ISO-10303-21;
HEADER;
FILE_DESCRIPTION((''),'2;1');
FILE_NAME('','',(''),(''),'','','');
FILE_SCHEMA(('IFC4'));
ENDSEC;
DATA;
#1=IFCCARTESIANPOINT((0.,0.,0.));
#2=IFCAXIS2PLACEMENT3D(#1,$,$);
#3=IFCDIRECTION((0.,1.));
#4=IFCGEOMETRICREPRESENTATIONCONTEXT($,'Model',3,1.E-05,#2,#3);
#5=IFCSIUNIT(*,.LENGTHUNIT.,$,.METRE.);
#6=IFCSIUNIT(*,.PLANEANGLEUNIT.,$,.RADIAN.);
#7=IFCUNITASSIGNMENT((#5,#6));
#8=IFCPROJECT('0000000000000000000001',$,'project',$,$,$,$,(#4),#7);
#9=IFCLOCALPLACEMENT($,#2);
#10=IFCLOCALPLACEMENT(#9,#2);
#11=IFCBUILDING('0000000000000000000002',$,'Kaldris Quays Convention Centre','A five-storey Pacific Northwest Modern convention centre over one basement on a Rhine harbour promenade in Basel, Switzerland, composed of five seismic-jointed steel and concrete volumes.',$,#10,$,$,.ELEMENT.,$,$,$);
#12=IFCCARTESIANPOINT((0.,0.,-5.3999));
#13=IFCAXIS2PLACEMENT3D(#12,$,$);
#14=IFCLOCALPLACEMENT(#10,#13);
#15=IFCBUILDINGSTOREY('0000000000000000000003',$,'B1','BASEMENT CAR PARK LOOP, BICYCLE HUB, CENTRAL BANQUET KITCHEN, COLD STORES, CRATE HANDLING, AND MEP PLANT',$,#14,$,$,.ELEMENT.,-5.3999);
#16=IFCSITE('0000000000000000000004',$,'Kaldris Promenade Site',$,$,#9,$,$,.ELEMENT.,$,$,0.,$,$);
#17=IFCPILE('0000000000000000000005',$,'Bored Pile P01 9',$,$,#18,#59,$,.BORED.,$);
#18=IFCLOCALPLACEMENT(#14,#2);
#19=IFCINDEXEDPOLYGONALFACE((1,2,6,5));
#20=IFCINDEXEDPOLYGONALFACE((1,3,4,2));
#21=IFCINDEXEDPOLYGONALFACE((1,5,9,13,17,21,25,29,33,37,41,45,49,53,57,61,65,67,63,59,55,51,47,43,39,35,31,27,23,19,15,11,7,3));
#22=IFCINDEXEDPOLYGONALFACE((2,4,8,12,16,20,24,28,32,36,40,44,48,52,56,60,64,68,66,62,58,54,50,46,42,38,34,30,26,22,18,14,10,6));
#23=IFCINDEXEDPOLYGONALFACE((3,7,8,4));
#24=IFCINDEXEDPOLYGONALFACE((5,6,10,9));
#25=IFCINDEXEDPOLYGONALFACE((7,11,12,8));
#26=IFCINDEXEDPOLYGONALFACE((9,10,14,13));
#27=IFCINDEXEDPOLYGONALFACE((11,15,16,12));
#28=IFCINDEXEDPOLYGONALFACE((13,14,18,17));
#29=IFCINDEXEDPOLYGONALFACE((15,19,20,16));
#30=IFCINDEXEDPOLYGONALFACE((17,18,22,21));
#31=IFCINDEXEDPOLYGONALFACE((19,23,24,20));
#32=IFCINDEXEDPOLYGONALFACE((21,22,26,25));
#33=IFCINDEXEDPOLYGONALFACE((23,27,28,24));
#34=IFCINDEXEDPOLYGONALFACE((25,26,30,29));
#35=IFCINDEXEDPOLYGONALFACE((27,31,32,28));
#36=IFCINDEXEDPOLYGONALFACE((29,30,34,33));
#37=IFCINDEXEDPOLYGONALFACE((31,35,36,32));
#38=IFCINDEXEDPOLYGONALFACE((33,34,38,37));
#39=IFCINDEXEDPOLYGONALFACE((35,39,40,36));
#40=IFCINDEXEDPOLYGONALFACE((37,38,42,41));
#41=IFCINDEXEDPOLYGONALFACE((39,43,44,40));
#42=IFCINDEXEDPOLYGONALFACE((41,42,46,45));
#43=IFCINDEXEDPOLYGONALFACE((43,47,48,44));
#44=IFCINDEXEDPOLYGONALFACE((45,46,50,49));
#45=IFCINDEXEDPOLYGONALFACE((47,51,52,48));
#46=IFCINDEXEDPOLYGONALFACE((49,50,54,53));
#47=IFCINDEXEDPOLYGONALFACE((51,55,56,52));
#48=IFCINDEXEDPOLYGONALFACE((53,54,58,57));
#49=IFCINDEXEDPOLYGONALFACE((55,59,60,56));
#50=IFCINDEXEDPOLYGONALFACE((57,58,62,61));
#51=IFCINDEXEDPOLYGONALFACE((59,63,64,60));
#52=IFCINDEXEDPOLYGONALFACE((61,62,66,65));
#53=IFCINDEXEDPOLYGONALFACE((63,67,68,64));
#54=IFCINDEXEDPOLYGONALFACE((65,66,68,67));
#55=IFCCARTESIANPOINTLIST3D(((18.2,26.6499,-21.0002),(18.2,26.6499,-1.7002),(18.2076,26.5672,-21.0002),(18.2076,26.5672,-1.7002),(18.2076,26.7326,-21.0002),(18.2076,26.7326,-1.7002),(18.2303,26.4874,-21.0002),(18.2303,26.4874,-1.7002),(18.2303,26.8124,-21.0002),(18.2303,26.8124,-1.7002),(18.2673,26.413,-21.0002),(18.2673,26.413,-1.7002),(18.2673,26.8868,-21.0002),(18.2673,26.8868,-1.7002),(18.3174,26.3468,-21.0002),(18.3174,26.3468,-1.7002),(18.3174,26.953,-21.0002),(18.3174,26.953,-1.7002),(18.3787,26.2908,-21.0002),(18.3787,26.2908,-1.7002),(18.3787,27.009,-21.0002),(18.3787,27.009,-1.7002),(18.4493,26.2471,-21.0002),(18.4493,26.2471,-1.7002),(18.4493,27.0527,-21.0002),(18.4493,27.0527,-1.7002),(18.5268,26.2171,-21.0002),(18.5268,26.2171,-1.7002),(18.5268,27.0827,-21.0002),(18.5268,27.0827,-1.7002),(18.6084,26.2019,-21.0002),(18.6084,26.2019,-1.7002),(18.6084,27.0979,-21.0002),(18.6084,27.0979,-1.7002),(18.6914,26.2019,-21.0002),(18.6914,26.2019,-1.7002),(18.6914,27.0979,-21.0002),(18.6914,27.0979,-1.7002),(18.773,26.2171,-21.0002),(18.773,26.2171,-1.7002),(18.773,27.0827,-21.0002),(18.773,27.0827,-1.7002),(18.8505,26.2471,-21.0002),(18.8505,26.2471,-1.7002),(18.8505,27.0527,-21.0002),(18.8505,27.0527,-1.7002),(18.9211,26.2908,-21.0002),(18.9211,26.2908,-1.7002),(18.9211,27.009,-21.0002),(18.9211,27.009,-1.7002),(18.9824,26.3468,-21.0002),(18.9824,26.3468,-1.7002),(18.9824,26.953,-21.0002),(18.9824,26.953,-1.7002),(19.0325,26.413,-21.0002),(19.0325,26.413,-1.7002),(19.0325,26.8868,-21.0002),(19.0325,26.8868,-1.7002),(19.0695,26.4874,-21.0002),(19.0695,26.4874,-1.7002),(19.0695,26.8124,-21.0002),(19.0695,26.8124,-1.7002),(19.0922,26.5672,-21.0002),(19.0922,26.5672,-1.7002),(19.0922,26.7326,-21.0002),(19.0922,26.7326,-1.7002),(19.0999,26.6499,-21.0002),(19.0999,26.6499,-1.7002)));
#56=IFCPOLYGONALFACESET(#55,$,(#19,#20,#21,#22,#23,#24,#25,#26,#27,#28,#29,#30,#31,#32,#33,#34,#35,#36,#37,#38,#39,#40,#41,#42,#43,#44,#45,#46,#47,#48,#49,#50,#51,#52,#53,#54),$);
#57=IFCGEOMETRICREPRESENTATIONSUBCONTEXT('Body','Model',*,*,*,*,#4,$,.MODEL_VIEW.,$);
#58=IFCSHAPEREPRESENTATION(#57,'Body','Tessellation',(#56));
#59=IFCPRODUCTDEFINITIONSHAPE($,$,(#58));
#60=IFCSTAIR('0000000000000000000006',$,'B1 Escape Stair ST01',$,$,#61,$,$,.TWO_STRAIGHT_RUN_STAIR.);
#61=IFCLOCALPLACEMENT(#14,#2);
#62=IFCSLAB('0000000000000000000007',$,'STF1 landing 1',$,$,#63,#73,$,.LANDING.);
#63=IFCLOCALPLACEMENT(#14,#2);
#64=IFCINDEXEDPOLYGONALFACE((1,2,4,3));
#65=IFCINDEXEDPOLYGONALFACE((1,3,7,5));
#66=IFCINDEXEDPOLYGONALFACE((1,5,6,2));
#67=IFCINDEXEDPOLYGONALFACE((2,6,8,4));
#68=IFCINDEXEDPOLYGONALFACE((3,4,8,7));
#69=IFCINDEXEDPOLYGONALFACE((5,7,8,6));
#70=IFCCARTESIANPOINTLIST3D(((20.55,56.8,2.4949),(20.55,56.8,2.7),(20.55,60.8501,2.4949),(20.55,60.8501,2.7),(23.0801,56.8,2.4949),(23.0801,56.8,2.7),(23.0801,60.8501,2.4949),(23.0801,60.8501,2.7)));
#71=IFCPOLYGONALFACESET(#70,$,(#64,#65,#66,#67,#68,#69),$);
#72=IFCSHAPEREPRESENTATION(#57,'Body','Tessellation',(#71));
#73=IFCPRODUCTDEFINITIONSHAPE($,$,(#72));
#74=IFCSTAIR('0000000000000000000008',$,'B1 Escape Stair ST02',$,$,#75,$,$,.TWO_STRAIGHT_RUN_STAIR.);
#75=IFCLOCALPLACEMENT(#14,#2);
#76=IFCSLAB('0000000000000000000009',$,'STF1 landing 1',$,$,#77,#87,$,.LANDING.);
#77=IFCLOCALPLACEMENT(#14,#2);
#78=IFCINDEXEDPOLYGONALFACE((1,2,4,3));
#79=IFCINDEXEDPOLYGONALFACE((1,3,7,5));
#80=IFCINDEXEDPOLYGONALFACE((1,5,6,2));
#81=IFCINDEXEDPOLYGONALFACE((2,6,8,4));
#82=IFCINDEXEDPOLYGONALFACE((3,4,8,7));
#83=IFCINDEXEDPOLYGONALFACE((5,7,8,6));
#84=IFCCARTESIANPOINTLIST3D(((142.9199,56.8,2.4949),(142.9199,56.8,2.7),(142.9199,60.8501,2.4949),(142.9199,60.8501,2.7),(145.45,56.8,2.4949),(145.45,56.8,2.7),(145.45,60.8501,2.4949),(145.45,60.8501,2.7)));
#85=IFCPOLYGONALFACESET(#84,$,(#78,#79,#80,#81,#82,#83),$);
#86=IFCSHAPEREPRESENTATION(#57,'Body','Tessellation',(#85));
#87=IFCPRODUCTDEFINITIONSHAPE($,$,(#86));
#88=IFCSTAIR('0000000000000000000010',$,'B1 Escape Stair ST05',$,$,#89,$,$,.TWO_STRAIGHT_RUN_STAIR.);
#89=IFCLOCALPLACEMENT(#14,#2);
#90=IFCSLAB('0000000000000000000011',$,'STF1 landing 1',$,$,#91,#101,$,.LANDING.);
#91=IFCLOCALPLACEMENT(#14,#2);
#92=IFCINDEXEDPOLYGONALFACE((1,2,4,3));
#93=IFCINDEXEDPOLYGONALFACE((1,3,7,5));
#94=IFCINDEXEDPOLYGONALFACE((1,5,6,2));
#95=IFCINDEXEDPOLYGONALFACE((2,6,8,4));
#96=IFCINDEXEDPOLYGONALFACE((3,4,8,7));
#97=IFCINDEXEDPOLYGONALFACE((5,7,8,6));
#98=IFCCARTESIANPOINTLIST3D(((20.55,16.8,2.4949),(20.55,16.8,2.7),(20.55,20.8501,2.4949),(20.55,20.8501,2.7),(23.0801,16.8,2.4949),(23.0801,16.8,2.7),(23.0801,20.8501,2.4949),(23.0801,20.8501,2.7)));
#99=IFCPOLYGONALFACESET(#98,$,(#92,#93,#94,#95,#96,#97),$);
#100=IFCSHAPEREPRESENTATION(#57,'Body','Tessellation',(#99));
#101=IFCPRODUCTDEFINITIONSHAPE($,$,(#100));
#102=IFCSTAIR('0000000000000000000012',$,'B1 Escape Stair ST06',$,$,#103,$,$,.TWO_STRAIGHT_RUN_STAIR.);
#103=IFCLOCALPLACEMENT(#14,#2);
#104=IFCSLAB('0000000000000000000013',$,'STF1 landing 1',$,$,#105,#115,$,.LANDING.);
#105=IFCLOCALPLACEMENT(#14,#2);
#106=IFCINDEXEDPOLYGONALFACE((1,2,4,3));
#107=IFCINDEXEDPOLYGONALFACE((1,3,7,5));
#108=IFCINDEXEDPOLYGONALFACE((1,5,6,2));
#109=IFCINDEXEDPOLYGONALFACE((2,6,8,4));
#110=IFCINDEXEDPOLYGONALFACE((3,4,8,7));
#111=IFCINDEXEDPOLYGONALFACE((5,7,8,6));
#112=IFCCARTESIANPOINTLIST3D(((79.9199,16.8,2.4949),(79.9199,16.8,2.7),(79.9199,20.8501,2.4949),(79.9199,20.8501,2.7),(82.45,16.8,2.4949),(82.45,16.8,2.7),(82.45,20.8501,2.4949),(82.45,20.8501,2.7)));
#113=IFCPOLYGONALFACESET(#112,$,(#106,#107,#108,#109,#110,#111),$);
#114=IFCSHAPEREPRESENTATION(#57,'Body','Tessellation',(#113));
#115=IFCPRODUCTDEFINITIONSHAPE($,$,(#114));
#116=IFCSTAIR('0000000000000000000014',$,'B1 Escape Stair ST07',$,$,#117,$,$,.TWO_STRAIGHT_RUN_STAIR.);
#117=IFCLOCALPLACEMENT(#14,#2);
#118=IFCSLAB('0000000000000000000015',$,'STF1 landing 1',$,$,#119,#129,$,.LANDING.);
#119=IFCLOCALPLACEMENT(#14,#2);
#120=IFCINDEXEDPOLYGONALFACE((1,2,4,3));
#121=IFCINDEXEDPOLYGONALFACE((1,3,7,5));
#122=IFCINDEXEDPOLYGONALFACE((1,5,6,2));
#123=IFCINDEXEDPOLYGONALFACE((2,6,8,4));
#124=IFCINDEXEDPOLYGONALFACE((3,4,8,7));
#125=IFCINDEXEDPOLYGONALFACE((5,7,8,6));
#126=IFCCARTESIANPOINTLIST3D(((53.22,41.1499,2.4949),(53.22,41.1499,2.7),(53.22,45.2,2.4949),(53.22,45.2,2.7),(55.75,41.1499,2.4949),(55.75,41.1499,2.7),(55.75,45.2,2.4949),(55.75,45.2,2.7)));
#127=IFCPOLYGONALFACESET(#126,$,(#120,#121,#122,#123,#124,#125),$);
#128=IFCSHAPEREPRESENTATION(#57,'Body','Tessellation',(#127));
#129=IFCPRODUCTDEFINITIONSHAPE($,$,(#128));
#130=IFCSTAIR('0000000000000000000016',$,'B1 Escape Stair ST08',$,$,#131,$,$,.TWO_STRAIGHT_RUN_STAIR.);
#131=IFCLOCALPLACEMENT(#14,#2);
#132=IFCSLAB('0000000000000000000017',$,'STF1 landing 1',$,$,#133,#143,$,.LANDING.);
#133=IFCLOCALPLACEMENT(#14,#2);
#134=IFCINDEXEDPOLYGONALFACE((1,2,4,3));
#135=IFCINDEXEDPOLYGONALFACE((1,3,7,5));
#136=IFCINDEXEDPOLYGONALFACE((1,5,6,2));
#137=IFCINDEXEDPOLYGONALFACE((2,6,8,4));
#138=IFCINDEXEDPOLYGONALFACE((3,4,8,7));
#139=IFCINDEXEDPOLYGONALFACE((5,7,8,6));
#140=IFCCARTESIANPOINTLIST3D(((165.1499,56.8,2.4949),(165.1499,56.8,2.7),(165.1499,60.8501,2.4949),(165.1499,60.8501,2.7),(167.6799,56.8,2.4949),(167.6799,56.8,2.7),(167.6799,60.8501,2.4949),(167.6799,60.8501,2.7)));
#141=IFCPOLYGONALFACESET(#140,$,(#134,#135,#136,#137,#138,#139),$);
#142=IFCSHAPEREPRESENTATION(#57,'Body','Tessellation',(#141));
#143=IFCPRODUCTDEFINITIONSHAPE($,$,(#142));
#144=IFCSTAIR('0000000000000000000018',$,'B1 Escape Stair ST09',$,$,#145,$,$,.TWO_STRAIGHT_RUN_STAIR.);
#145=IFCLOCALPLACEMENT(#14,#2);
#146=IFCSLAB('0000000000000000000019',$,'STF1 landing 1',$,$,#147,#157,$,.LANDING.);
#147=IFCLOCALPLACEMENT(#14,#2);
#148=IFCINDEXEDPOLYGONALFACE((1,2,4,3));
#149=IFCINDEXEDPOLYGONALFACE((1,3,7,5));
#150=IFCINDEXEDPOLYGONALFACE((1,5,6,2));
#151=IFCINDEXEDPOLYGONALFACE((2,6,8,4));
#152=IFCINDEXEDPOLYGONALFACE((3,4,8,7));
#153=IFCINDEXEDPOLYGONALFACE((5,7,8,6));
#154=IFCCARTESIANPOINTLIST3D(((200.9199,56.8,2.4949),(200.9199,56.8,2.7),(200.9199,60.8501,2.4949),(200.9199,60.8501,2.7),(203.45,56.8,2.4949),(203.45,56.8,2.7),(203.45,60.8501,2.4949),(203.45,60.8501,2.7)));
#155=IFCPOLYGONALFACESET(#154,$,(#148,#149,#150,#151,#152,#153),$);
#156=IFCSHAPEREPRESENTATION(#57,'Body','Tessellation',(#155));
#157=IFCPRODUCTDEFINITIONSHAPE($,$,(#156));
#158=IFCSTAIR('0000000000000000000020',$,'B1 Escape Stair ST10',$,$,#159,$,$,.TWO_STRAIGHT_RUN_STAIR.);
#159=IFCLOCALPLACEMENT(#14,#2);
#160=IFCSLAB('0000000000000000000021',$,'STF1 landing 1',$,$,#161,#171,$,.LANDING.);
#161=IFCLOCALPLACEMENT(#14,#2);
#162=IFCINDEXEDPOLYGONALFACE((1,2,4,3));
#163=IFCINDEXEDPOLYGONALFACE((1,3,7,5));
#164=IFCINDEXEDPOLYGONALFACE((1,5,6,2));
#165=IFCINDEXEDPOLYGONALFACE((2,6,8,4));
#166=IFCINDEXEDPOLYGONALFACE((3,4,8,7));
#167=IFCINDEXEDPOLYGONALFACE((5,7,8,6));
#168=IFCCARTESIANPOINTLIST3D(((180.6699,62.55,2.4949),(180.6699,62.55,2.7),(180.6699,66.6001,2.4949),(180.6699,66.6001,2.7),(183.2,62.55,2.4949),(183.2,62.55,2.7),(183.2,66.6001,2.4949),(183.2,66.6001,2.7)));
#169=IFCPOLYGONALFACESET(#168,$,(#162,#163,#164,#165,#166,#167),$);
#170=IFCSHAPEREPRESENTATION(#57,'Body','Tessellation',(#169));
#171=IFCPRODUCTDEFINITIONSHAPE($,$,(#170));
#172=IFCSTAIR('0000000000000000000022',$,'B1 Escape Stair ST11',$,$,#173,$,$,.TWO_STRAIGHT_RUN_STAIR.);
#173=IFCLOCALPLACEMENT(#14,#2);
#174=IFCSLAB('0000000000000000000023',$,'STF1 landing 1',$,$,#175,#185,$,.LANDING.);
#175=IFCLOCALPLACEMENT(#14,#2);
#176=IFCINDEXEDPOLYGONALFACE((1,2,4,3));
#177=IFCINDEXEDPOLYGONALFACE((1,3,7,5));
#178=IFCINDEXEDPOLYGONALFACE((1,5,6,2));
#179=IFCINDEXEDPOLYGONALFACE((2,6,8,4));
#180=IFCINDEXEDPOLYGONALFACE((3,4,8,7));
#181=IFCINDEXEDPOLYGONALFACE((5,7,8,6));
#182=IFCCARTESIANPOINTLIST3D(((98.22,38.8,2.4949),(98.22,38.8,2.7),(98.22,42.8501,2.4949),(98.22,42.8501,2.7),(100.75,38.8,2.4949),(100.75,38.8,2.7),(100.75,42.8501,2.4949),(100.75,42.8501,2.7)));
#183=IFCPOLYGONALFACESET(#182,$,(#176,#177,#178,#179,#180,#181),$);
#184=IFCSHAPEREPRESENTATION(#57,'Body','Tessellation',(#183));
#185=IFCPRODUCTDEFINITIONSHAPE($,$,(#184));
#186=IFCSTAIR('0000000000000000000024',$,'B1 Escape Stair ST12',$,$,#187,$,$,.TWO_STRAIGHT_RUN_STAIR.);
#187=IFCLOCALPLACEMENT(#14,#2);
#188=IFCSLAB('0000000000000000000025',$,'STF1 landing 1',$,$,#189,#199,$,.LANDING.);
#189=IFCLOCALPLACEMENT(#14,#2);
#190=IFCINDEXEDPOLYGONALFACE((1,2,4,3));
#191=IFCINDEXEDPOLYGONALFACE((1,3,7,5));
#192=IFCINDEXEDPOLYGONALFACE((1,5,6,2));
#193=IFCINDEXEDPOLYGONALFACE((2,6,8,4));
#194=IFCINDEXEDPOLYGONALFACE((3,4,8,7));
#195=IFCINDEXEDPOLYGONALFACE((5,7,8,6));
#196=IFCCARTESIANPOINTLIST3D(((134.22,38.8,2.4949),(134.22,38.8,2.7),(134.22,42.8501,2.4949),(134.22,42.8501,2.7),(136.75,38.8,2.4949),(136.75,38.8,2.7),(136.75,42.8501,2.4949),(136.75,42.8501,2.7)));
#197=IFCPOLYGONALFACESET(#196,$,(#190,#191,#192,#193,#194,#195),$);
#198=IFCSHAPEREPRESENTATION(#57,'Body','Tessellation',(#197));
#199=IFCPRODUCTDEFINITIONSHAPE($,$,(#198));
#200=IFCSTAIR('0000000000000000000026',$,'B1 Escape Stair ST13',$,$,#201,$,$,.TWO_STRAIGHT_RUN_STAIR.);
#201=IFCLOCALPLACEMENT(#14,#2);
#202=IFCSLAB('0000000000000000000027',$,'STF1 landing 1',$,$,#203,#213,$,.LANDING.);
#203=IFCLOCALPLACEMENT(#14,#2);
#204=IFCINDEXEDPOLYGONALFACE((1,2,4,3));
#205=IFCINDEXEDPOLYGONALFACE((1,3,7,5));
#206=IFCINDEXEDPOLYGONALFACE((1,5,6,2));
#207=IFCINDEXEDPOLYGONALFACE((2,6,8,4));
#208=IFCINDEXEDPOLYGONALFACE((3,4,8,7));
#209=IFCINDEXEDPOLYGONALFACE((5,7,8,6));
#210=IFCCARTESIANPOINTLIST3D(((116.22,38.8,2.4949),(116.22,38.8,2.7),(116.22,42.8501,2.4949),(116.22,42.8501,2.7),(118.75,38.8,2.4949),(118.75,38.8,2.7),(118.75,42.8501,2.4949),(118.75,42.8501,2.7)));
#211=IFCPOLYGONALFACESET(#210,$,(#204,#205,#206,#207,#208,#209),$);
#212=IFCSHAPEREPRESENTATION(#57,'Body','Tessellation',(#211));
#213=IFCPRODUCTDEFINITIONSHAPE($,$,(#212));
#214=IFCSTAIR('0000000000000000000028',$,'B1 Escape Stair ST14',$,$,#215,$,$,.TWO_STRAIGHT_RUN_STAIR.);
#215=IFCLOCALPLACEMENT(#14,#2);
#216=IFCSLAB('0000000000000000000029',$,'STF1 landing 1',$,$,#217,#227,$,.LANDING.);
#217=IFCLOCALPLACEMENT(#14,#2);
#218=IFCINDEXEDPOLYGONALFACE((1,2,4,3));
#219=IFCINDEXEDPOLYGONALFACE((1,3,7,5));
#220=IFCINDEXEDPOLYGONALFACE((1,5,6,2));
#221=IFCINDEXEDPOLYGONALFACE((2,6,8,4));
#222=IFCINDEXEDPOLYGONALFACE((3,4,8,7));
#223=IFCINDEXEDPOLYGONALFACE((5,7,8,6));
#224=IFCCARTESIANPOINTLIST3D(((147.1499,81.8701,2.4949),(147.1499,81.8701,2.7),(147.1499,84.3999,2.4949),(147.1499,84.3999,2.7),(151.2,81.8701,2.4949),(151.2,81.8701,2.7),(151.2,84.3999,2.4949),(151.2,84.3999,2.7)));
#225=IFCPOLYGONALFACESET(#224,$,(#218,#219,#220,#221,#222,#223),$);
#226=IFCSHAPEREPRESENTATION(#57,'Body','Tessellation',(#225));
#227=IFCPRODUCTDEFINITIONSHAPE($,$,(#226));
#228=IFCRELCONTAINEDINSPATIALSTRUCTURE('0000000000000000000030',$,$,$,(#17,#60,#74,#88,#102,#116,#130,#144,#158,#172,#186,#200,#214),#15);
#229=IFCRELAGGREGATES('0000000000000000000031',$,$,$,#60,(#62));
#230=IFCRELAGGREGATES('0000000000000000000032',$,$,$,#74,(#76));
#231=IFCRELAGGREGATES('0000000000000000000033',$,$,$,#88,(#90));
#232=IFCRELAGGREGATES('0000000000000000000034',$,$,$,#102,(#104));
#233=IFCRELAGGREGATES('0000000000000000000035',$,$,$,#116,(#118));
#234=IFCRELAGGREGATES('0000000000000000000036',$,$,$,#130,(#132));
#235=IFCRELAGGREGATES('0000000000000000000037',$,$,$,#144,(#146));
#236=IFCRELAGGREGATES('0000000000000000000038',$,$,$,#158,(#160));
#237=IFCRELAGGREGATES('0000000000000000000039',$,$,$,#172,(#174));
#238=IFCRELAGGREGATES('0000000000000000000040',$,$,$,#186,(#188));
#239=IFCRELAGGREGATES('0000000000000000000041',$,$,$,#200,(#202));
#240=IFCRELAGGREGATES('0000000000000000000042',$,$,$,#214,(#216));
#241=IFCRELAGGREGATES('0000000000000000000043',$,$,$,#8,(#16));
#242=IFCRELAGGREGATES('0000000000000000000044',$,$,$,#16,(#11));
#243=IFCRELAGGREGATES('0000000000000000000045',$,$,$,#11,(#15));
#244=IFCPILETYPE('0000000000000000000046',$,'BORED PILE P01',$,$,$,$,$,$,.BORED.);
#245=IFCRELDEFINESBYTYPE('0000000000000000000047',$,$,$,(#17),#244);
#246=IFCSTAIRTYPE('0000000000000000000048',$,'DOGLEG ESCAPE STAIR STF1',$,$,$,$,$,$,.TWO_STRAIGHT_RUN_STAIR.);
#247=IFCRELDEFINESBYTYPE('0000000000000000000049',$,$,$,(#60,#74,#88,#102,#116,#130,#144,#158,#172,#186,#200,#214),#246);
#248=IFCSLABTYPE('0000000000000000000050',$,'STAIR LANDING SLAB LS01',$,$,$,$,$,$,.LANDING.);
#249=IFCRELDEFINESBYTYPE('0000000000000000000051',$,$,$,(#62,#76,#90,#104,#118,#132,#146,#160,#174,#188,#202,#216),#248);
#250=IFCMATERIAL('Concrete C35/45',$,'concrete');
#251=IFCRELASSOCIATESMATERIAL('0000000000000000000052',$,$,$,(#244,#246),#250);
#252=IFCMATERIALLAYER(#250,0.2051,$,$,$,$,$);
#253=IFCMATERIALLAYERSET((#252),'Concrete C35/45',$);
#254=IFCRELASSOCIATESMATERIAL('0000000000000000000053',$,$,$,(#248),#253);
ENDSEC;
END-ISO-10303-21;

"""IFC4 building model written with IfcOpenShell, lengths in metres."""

from ifc_helpers import new_model, si_unit, direction, frame, origin, origin_2d, place, context, subcontext, project, spatial, polyline, circle, outline, extrude, material, layer, layer_set, material_profile, profile_set, type_object, element, aggregate, save


model = new_model("IFC4")

# Units and contexts
model_context = context("Model", 3, precision=1e-05, world=origin(), true_north=direction((0.0, 1.0)))
body_context = subcontext(model_context, "Body", "Model", "MODEL_VIEW")
ifc_project = project(units=[si_unit("LENGTHUNIT", "METRE"), si_unit("PLANEANGLEUNIT", "RADIAN")], contexts=[model_context])

# Site, building, storey
site_placement = place(None, origin())
site = spatial("IfcSite", under=ifc_project, at=site_placement, Name="Kaldris Promenade Site", CompositionType="ELEMENT", RefElevation=0.0)
building_placement = place(site_placement, origin())
building = spatial("IfcBuilding", under=site, at=building_placement, Name="Kaldris Quays Convention Centre", Description="A five-storey Pacific Northwest Modern convention centre over one basement on a Rhine harbour promenade in Basel, Switzerland, composed of five seismic-jointed steel and concrete volumes.", CompositionType="ELEMENT")
storey_placement = place(building_placement, frame((0.0, 0.0, -5.3999)))
storey = spatial("IfcBuildingStorey", under=building, at=storey_placement, Name="B1", Description="BASEMENT CAR PARK LOOP, BICYCLE HUB, CENTRAL BANQUET KITCHEN, COLD STORES, CRATE HANDLING, AND MEP PLANT", CompositionType="ELEMENT", Elevation=-5.3999)

# Pile
ifc_material = material(Name="Concrete C35/45", Category="concrete")
ifc_material_profile = material_profile(ifc_material, circle(Radius=0.45, at=origin_2d()), Name="BORED PILE D900")
ifc_profile_set = profile_set([ifc_material_profile], Name="Concrete C35/45")
pile_type = type_object("IfcPileType", Name="BORED PILE P01", PredefinedType="BORED", material=ifc_profile_set)
for number, where, z_axis, x_axis, name in (
    (1, (18.6499, 26.6499, -1.7002), (0.0, 0.0, -1.0), (1.0, 0.0, 0.0), "Bored Pile P01 9"),
):
    element("IfcPile", number, at=place(storey_placement, frame(where, z_axis=z_axis, x_axis=x_axis)), inside=storey, type_object=pile_type, Name=name, PredefinedType="BORED", context=body_context, shape_type="SweptSolid", body=[
        extrude(circle(Radius=0.45, at=origin_2d()), origin(), (0.0, 0.0, 1.0), 19.3),
    ])

# Stairs, slabs
stair_type = type_object("IfcStairType", Name="DOGLEG ESCAPE STAIR STF1", PredefinedType="TWO_STRAIGHT_RUN_STAIR", material=ifc_material)
stair_1_placement = place(storey_placement, origin())
stair_1 = element("IfcStair", 2, at=stair_1_placement, inside=storey, type_object=stair_type, Name="B1 Escape Stair ST01", PredefinedType="TWO_STRAIGHT_RUN_STAIR")
ifc_layer_1 = layer(ifc_material, 0.2051)
ifc_layer_set_1 = layer_set([ifc_layer_1], Name="Concrete C35/45")
slab_type_1 = type_object("IfcSlabType", Name="STAIR LANDING SLAB LS01", PredefinedType="LANDING", material=ifc_layer_set_1)
slab_1_placement = place(storey_placement, frame((0.0, 0.0, 2.4949)))
slab_1 = element("IfcSlab", 3, at=slab_1_placement, type_object=slab_type_1, Name="STF1 landing 1", PredefinedType="LANDING", context=body_context, shape_type="SweptSolid", body=[
    extrude(outline(polyline([(23.0801, 60.8501), (20.55, 60.8501), (20.55, 56.8), (23.0801, 56.8), (23.0801, 60.8501)])), origin(), (0.0, 0.0, 1.0), 0.2051),
])
aggregate(stair_1, [slab_1])
stair_2_placement = place(storey_placement, origin())
stair_2 = element("IfcStair", 4, at=stair_2_placement, inside=storey, type_object=stair_type, Name="B1 Escape Stair ST02", PredefinedType="TWO_STRAIGHT_RUN_STAIR")
slab_2_placement = place(storey_placement, frame((0.0, 0.0, 2.4949)))
slab_2 = element("IfcSlab", 5, at=slab_2_placement, type_object=slab_type_1, Name="STF1 landing 1", PredefinedType="LANDING", context=body_context, shape_type="SweptSolid", body=[
    extrude(outline(polyline([(142.9199, 56.8), (145.45, 56.8), (145.45, 60.8501), (142.9199, 60.8501), (142.9199, 56.8)])), origin(), (0.0, 0.0, 1.0), 0.2051),
])
aggregate(stair_2, [slab_2])
stair_3_placement = place(storey_placement, origin())
stair_3 = element("IfcStair", 6, at=stair_3_placement, inside=storey, type_object=stair_type, Name="B1 Escape Stair ST05", PredefinedType="TWO_STRAIGHT_RUN_STAIR")
slab_3_placement = place(storey_placement, frame((0.0, 0.0, 2.4949)))
slab_3 = element("IfcSlab", 7, at=slab_3_placement, type_object=slab_type_1, Name="STF1 landing 1", PredefinedType="LANDING", context=body_context, shape_type="SweptSolid", body=[
    extrude(outline(polyline([(23.0801, 20.8501), (20.55, 20.8501), (20.55, 16.8), (23.0801, 16.8), (23.0801, 20.8501)])), origin(), (0.0, 0.0, 1.0), 0.2051),
])
aggregate(stair_3, [slab_3])
stair_4_placement = place(storey_placement, origin())
stair_4 = element("IfcStair", 8, at=stair_4_placement, inside=storey, type_object=stair_type, Name="B1 Escape Stair ST06", PredefinedType="TWO_STRAIGHT_RUN_STAIR")
slab_4_placement = place(storey_placement, frame((0.0, 0.0, 2.4949)))
slab_4 = element("IfcSlab", 9, at=slab_4_placement, type_object=slab_type_1, Name="STF1 landing 1", PredefinedType="LANDING", context=body_context, shape_type="SweptSolid", body=[
    extrude(outline(polyline([(79.9199, 16.8), (82.45, 16.8), (82.45, 20.8501), (79.9199, 20.8501), (79.9199, 16.8)])), origin(), (0.0, 0.0, 1.0), 0.2051),
])
aggregate(stair_4, [slab_4])
stair_5_placement = place(storey_placement, origin())
stair_5 = element("IfcStair", 10, at=stair_5_placement, inside=storey, type_object=stair_type, Name="B1 Escape Stair ST07", PredefinedType="TWO_STRAIGHT_RUN_STAIR")
slab_5_placement = place(storey_placement, frame((0.0, 0.0, 2.4949)))
slab_5 = element("IfcSlab", 11, at=slab_5_placement, type_object=slab_type_1, Name="STF1 landing 1", PredefinedType="LANDING", context=body_context, shape_type="SweptSolid", body=[
    extrude(outline(polyline([(53.22, 41.1499), (55.75, 41.1499), (55.75, 45.2), (53.22, 45.2), (53.22, 41.1499)])), origin(), (0.0, 0.0, 1.0), 0.2051),
])
aggregate(stair_5, [slab_5])
stair_6_placement = place(storey_placement, origin())
stair_6 = element("IfcStair", 12, at=stair_6_placement, inside=storey, type_object=stair_type, Name="B1 Escape Stair ST08", PredefinedType="TWO_STRAIGHT_RUN_STAIR")
slab_6_placement = place(storey_placement, frame((0.0, 0.0, 2.4949)))
slab_6 = element("IfcSlab", 13, at=slab_6_placement, type_object=slab_type_1, Name="STF1 landing 1", PredefinedType="LANDING", context=body_context, shape_type="SweptSolid", body=[
    extrude(outline(polyline([(167.6799, 60.8501), (165.1499, 60.8501), (165.1499, 56.8), (167.6799, 56.8), (167.6799, 60.8501)])), origin(), (0.0, 0.0, 1.0), 0.2051),
])
aggregate(stair_6, [slab_6])
stair_7_placement = place(storey_placement, origin())
stair_7 = element("IfcStair", 14, at=stair_7_placement, inside=storey, type_object=stair_type, Name="B1 Escape Stair ST09", PredefinedType="TWO_STRAIGHT_RUN_STAIR")
slab_7_placement = place(storey_placement, frame((0.0, 0.0, 2.4949)))
slab_7 = element("IfcSlab", 15, at=slab_7_placement, type_object=slab_type_1, Name="STF1 landing 1", PredefinedType="LANDING", context=body_context, shape_type="SweptSolid", body=[
    extrude(outline(polyline([(200.9199, 56.8), (203.45, 56.8), (203.45, 60.8501), (200.9199, 60.8501), (200.9199, 56.8)])), origin(), (0.0, 0.0, 1.0), 0.2051),
])
aggregate(stair_7, [slab_7])
stair_8_placement = place(storey_placement, origin())
stair_8 = element("IfcStair", 16, at=stair_8_placement, inside=storey, type_object=stair_type, Name="B1 Escape Stair ST10", PredefinedType="TWO_STRAIGHT_RUN_STAIR")
slab_8_placement = place(storey_placement, frame((0.0, 0.0, 2.4949)))
slab_8 = element("IfcSlab", 17, at=slab_8_placement, type_object=slab_type_1, Name="STF1 landing 1", PredefinedType="LANDING", context=body_context, shape_type="SweptSolid", body=[
    extrude(outline(polyline([(180.6699, 62.55), (183.2, 62.55), (183.2, 66.6001), (180.6699, 66.6001), (180.6699, 62.55)])), origin(), (0.0, 0.0, 1.0), 0.2051),
])
aggregate(stair_8, [slab_8])
stair_9_placement = place(storey_placement, origin())
stair_9 = element("IfcStair", 18, at=stair_9_placement, inside=storey, type_object=stair_type, Name="B1 Escape Stair ST11", PredefinedType="TWO_STRAIGHT_RUN_STAIR")
slab_9_placement = place(storey_placement, frame((0.0, 0.0, 2.4949)))
slab_9 = element("IfcSlab", 19, at=slab_9_placement, type_object=slab_type_1, Name="STF1 landing 1", PredefinedType="LANDING", context=body_context, shape_type="SweptSolid", body=[
    extrude(outline(polyline([(98.22, 38.8), (100.75, 38.8), (100.75, 42.8501), (98.22, 42.8501), (98.22, 38.8)])), origin(), (0.0, 0.0, 1.0), 0.2051),
])
aggregate(stair_9, [slab_9])
stair_10_placement = place(storey_placement, origin())
stair_10 = element("IfcStair", 20, at=stair_10_placement, inside=storey, type_object=stair_type, Name="B1 Escape Stair ST12", PredefinedType="TWO_STRAIGHT_RUN_STAIR")
slab_10_placement = place(storey_placement, frame((0.0, 0.0, 2.4949)))
slab_10 = element("IfcSlab", 21, at=slab_10_placement, type_object=slab_type_1, Name="STF1 landing 1", PredefinedType="LANDING", context=body_context, shape_type="SweptSolid", body=[
    extrude(outline(polyline([(134.22, 38.8), (136.75, 38.8), (136.75, 42.8501), (134.22, 42.8501), (134.22, 38.8)])), origin(), (0.0, 0.0, 1.0), 0.2051),
])
aggregate(stair_10, [slab_10])
stair_11_placement = place(storey_placement, origin())
stair_11 = element("IfcStair", 22, at=stair_11_placement, inside=storey, type_object=stair_type, Name="B1 Escape Stair ST13", PredefinedType="TWO_STRAIGHT_RUN_STAIR")
slab_11_placement = place(storey_placement, frame((0.0, 0.0, 2.4949)))
slab_11 = element("IfcSlab", 23, at=slab_11_placement, type_object=slab_type_1, Name="STF1 landing 1", PredefinedType="LANDING", context=body_context, shape_type="SweptSolid", body=[
    extrude(outline(polyline([(116.22, 38.8), (118.75, 38.8), (118.75, 42.8501), (116.22, 42.8501), (116.22, 38.8)])), origin(), (0.0, 0.0, 1.0), 0.2051),
])
aggregate(stair_11, [slab_11])
stair_12_placement = place(storey_placement, origin())
stair_12 = element("IfcStair", 24, at=stair_12_placement, inside=storey, type_object=stair_type, Name="B1 Escape Stair ST14", PredefinedType="TWO_STRAIGHT_RUN_STAIR")
slab_12_placement = place(storey_placement, frame((0.0, 0.0, 2.4949)))
slab_12 = element("IfcSlab", 25, at=slab_12_placement, type_object=slab_type_1, Name="STF1 landing 1", PredefinedType="LANDING", context=body_context, shape_type="SweptSolid", body=[
    extrude(outline(polyline([(151.2, 81.8701), (151.2, 84.3999), (147.1499, 84.3999), (147.1499, 81.8701), (151.2, 81.8701)])), origin(), (0.0, 0.0, 1.0), 0.2051),
])
aggregate(stair_12, [slab_12])

save(model, "model.ifc")
